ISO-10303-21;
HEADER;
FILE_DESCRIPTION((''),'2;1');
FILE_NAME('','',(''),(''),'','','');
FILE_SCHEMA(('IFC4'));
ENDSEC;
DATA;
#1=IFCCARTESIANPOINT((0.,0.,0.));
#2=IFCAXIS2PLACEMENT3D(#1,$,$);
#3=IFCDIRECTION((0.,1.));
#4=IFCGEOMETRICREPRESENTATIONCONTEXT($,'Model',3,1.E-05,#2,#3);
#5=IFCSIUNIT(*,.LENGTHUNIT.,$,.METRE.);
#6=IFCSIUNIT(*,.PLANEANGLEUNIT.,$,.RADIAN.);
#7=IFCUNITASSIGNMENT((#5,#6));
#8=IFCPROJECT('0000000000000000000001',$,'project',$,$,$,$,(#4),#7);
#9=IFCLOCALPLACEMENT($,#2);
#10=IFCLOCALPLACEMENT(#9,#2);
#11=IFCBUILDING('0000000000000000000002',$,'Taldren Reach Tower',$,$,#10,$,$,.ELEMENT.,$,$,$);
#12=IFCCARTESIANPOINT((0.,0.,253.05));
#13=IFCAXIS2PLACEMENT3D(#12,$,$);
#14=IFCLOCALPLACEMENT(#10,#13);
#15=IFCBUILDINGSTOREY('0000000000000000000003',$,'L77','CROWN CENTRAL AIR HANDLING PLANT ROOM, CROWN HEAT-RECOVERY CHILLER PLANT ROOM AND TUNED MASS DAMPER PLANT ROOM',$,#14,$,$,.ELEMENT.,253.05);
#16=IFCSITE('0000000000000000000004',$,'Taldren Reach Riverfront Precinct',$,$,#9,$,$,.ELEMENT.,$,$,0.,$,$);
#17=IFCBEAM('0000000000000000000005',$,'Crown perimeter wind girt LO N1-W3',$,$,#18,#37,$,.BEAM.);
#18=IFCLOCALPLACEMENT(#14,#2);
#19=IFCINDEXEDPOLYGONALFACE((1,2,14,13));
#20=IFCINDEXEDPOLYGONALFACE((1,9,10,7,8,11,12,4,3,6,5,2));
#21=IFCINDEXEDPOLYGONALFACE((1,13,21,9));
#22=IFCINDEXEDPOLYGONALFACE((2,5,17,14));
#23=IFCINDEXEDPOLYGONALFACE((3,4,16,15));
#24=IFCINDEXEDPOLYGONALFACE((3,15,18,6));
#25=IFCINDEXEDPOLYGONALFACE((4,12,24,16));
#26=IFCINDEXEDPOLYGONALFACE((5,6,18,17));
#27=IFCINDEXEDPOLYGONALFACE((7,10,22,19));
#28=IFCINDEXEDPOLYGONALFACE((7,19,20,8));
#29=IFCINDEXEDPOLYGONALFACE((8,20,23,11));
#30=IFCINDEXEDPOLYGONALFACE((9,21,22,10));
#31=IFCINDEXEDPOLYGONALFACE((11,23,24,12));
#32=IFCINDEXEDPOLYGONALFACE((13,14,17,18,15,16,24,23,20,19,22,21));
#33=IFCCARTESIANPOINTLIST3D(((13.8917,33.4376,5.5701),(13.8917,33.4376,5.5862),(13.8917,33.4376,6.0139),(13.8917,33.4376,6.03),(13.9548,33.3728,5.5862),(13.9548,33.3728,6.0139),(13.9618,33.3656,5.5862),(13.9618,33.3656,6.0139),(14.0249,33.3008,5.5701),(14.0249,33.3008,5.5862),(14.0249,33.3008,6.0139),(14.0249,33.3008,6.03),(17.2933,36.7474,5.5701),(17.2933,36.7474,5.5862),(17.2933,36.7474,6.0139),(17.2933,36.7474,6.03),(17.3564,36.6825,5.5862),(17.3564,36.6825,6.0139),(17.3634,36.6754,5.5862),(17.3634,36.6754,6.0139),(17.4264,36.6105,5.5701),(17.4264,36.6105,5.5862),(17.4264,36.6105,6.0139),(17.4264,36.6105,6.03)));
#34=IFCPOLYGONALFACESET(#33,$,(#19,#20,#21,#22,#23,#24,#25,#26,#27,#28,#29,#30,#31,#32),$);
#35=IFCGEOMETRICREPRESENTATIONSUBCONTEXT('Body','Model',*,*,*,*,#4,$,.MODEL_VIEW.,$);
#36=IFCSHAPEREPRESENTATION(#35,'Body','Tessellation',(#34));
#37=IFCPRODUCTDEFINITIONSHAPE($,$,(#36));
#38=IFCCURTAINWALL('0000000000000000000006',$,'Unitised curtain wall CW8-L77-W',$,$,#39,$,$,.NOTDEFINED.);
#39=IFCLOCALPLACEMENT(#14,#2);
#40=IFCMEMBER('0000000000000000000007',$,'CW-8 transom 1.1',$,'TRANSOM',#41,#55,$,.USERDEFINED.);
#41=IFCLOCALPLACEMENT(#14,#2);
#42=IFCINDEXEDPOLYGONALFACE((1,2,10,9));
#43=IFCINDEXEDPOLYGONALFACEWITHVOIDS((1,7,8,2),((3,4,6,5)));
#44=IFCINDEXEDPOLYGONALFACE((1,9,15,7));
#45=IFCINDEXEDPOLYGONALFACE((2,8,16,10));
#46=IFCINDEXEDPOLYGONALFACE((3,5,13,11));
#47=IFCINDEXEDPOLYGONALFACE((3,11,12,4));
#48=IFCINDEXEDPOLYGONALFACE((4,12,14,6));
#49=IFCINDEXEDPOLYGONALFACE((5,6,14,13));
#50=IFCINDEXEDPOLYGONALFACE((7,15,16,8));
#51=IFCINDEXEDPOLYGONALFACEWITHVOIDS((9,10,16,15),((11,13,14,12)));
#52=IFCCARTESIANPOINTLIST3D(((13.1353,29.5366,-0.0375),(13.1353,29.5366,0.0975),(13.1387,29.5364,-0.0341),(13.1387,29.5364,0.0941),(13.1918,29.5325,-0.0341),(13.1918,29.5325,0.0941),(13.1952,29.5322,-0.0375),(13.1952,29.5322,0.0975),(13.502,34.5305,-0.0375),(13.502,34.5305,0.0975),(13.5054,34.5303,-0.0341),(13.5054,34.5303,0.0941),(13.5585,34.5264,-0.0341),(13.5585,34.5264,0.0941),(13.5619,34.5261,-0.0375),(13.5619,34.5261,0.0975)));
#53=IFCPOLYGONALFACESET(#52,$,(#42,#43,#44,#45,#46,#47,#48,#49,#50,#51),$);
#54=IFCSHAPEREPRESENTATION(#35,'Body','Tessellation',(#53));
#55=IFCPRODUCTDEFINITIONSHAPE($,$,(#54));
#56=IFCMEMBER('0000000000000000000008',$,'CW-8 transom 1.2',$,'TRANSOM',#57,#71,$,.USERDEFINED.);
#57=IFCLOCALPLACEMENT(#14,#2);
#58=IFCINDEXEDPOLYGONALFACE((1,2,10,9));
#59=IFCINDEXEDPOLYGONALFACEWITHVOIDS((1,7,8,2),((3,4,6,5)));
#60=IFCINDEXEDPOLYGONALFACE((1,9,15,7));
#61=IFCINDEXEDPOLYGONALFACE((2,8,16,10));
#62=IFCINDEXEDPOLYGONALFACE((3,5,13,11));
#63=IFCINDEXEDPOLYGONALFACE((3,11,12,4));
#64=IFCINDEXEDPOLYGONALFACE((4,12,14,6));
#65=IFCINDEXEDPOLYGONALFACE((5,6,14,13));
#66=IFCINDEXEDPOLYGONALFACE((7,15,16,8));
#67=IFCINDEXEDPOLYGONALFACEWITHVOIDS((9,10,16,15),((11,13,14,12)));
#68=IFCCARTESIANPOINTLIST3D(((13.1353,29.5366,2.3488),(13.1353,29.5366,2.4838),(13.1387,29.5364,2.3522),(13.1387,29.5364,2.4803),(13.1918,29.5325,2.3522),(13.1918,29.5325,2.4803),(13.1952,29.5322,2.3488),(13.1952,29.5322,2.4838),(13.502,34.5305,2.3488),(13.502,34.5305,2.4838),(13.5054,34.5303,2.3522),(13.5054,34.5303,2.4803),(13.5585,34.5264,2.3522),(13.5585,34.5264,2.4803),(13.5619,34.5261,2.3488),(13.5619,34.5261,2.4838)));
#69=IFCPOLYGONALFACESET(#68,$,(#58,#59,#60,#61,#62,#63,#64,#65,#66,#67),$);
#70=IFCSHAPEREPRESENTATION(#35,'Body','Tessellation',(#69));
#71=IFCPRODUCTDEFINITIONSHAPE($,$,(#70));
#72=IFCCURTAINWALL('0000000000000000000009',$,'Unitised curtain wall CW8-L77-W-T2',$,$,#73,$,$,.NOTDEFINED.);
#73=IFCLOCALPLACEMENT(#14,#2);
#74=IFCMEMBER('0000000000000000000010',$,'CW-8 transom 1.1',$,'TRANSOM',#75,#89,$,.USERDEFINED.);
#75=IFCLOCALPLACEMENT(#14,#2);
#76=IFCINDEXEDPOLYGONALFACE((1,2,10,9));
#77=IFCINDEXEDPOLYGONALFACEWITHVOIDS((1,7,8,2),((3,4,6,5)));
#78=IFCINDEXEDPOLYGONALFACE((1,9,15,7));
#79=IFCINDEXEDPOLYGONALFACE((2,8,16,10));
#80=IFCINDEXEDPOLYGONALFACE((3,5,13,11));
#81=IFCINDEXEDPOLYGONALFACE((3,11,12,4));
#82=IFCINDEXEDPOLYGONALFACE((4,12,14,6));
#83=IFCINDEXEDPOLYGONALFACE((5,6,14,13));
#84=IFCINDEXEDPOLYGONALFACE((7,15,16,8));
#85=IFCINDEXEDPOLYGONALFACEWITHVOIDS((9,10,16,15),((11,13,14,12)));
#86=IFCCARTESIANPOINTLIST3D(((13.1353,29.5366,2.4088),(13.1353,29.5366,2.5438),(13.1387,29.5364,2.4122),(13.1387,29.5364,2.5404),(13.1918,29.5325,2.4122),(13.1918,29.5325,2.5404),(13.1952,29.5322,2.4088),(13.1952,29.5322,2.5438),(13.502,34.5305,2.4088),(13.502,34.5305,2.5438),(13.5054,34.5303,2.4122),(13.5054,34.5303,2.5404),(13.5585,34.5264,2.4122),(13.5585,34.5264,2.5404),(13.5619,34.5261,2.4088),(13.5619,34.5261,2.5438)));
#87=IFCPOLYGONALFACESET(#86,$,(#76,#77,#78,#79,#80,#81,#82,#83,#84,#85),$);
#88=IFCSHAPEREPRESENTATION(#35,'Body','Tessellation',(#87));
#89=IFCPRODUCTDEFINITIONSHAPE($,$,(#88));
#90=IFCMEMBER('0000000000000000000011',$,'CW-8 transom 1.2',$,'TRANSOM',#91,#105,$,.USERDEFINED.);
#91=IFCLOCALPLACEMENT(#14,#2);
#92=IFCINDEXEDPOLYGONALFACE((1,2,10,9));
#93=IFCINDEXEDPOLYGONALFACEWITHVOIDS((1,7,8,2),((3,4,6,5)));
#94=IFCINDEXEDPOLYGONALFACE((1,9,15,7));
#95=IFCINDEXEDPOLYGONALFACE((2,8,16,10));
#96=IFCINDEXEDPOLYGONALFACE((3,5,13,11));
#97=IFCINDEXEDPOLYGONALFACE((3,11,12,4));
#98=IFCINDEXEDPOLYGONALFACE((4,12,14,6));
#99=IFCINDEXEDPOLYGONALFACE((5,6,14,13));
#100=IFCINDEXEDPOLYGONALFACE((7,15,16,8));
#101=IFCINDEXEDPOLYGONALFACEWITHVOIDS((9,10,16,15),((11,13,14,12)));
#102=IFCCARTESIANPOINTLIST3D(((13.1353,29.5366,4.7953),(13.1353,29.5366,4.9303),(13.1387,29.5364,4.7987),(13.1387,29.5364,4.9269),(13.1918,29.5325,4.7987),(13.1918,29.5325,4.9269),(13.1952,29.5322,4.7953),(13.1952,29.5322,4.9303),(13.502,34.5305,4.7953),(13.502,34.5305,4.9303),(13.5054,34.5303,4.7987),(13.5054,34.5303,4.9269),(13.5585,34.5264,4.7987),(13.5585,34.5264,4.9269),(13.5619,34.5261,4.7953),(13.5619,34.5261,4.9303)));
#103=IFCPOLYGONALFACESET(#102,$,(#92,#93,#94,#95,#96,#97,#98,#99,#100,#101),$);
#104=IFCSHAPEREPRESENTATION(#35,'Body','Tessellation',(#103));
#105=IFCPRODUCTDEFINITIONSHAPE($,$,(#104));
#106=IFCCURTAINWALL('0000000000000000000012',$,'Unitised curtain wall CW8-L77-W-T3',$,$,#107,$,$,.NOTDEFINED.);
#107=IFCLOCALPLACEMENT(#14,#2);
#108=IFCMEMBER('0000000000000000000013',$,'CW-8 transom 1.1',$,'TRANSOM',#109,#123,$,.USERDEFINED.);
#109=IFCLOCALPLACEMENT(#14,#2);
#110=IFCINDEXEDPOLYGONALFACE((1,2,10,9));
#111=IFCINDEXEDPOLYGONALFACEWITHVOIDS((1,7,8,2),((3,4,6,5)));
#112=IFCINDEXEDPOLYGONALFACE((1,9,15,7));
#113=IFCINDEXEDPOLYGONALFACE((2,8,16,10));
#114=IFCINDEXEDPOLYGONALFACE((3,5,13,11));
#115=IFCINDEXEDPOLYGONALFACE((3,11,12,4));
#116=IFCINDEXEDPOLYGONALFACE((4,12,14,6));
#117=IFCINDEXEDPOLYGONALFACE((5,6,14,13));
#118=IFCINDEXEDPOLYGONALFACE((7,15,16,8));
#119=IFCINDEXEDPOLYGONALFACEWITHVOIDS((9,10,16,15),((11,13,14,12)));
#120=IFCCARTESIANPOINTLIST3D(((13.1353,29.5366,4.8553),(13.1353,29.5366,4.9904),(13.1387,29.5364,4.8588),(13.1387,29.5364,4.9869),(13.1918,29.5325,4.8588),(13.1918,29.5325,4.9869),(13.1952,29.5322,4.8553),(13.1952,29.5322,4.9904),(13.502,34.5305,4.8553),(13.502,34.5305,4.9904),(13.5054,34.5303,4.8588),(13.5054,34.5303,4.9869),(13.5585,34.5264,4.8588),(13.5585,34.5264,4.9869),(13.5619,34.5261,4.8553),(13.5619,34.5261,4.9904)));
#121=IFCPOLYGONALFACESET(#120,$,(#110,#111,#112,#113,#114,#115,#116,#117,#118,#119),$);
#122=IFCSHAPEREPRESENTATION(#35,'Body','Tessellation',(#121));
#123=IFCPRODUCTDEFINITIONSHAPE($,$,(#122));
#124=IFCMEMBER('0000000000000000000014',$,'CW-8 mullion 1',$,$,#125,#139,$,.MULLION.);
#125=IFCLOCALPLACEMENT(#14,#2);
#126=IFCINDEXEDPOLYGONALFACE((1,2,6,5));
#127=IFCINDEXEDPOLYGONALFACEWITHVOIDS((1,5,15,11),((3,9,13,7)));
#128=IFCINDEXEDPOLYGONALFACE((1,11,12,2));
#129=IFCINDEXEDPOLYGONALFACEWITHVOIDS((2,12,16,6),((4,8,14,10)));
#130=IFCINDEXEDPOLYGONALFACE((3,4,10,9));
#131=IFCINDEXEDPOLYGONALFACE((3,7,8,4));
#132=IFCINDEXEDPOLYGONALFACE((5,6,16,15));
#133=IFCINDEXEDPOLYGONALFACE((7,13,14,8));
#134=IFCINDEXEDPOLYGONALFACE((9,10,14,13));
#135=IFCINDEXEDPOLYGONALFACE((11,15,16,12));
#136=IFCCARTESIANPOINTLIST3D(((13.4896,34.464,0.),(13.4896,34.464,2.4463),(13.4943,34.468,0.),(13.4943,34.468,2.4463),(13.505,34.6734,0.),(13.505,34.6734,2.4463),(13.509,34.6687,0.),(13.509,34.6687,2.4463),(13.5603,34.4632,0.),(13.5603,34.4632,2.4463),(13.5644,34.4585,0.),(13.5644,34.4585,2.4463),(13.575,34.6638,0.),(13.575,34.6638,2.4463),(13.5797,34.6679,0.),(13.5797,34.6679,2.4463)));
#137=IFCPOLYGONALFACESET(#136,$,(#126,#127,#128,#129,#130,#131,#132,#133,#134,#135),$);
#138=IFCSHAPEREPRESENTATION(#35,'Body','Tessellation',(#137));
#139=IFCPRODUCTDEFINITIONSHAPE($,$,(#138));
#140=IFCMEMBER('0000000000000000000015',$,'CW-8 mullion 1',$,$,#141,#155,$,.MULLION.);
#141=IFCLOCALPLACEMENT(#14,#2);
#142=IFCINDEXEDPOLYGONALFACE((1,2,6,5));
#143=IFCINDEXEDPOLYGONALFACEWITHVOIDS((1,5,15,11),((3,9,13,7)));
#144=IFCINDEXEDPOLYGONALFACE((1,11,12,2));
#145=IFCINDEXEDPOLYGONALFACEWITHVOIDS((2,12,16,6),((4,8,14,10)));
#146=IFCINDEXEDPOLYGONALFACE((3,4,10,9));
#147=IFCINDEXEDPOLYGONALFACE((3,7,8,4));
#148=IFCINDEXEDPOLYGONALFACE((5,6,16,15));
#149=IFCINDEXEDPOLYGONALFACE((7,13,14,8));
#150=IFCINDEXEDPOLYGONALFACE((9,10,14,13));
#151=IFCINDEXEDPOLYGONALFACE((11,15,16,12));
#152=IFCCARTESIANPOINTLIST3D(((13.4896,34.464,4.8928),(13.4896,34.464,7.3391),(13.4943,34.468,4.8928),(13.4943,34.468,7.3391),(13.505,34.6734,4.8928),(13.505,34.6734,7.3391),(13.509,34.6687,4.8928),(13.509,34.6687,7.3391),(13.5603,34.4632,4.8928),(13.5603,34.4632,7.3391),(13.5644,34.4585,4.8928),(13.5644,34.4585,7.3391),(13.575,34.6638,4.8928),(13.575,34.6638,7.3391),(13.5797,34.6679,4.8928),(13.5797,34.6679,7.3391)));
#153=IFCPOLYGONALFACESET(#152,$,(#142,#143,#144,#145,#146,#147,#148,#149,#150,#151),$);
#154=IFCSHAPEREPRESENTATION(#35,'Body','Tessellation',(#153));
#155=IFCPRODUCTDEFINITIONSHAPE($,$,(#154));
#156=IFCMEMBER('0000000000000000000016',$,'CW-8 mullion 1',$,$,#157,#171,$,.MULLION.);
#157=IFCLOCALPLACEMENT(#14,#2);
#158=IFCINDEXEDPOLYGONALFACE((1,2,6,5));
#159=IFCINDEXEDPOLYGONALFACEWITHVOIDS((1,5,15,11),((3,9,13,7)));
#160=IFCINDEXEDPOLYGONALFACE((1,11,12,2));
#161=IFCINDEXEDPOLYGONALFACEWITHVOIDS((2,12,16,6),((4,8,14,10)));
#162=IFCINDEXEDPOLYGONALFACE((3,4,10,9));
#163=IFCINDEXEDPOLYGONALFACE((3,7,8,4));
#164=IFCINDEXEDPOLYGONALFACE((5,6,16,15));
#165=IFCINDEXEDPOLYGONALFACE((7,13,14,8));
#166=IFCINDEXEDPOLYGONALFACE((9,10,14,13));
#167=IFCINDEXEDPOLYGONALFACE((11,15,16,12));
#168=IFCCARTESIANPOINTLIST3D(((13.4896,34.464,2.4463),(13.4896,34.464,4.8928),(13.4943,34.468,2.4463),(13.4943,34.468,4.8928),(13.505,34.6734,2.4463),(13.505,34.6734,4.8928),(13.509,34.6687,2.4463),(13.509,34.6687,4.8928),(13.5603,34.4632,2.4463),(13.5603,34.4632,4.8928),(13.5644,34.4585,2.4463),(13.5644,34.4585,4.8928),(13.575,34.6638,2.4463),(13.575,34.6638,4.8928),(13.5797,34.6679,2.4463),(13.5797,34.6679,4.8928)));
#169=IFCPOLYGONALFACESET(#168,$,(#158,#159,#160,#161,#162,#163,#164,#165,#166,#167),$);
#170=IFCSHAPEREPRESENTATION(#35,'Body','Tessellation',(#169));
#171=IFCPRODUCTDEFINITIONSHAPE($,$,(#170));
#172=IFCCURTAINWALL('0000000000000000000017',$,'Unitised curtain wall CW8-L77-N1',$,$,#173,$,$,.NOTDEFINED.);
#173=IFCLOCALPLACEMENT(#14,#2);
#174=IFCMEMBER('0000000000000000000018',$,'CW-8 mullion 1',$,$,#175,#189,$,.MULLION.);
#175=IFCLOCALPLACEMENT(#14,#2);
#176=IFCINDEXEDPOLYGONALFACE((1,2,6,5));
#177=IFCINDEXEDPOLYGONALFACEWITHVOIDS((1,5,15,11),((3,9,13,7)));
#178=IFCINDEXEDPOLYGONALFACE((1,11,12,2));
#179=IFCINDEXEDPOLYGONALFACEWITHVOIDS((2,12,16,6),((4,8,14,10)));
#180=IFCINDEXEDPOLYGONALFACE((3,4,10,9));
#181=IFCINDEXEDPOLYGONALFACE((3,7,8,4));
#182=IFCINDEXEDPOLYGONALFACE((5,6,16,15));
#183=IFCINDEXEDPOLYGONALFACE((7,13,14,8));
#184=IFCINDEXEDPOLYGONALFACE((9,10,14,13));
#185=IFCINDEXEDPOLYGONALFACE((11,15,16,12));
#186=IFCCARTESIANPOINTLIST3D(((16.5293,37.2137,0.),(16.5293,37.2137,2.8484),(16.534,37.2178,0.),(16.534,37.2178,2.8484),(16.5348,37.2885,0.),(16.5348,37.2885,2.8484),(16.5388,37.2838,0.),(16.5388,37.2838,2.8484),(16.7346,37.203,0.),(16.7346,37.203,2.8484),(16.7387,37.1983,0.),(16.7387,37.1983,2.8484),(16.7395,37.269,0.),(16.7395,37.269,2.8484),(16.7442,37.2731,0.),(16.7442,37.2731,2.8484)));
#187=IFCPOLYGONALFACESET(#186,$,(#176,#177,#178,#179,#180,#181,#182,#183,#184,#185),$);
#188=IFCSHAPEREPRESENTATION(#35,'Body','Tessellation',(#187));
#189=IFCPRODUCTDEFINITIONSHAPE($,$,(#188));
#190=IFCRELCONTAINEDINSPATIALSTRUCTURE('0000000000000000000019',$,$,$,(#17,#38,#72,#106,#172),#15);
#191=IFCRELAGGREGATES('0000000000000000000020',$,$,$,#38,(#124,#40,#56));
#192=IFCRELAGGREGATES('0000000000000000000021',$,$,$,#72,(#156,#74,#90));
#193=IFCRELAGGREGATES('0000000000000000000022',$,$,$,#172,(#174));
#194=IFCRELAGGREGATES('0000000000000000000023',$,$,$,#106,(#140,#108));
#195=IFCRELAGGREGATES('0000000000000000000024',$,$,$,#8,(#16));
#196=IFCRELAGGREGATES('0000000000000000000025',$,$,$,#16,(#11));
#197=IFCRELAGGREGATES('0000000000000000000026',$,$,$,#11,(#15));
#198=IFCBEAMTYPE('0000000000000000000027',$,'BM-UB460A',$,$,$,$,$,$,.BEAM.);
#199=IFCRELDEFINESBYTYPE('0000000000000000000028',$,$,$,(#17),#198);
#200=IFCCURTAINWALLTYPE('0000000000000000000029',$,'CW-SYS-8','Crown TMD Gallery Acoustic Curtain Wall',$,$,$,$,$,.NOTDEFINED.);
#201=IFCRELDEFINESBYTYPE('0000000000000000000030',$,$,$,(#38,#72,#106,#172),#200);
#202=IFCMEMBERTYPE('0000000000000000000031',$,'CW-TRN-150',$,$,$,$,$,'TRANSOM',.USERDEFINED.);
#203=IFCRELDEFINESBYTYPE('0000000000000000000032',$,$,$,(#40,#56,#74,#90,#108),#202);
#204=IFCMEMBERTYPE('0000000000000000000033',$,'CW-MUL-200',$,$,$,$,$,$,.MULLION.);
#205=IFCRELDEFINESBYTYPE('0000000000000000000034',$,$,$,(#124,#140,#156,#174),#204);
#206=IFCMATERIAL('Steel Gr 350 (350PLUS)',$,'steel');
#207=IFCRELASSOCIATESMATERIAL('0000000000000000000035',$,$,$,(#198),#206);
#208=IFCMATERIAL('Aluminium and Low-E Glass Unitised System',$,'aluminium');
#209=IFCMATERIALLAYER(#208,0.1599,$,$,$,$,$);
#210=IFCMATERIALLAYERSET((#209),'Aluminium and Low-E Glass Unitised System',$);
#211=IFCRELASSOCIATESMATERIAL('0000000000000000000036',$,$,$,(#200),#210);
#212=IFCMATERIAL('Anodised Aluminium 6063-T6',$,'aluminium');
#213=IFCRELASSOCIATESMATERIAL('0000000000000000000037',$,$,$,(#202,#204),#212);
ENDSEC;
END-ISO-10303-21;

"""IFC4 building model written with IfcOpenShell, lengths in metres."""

from ifc_helpers import new_model, si_unit, direction, frame, origin, origin_2d, place, context, subcontext, project, spatial, hollow_rectangle, i_section, extrude, source, transform, mapped, material, layer, layer_set, material_profile, profile_set, type_object, element, aggregate, save


model = new_model("IFC4")

# Units and contexts
model_context = context("Model", 3, precision=1e-05, world=origin(), true_north=direction((0.0, 1.0)))
body_context = subcontext(model_context, "Body", "Model", "MODEL_VIEW")
ifc_project = project(units=[si_unit("LENGTHUNIT", "METRE"), si_unit("PLANEANGLEUNIT", "RADIAN")], contexts=[model_context])

# Site, building, storey
site_placement = place(None, origin())
site = spatial("IfcSite", under=ifc_project, at=site_placement, Name="Taldren Reach Riverfront Precinct", CompositionType="ELEMENT", RefElevation=0.0)
building_placement = place(site_placement, origin())
building = spatial("IfcBuilding", under=site, at=building_placement, Name="Taldren Reach Tower", CompositionType="ELEMENT")
storey_placement = place(building_placement, frame((0.0, 0.0, 253.05)))
storey = spatial("IfcBuildingStorey", under=building, at=storey_placement, Name="L77", Description="CROWN CENTRAL AIR HANDLING PLANT ROOM, CROWN HEAT-RECOVERY CHILLER PLANT ROOM AND TUNED MASS DAMPER PLANT ROOM", CompositionType="ELEMENT", Elevation=253.05)

# Shared definitions
ifc_material_1 = material(Name="Steel Gr 350 (350PLUS)", Category="steel")

# Beam
ifc_material_profile_1 = material_profile(ifc_material_1, i_section(OverallWidth=0.1909, OverallDepth=0.46, WebThickness=0.01, FlangeThickness=0.0161, at=origin_2d()), Name="460UB82.1")
ifc_profile_set_1 = profile_set([ifc_material_profile_1], Name="Steel Gr 350 (350PLUS)")
beam_type_1 = type_object("IfcBeamType", Name="BM-UB460A", PredefinedType="BEAM", material=ifc_profile_set_1)
shared_shape_1 = source(origin(), body_context, "Body", "SweptSolid", [
    extrude(i_section(OverallWidth=0.1909, OverallDepth=0.46, WebThickness=0.01, FlangeThickness=0.0161, at=origin_2d()), origin(), (0.0, 0.0, 1.0), 4.7461),
])
beam_1_placement = place(storey_placement, frame((17.3599, 36.679, 5.8), z_axis=(-0.716711, -0.69737, 0.0), x_axis=(0.69737, -0.716711, 0.0)))
element("IfcBeam", 1, at=beam_1_placement, inside=storey, type_object=beam_type_1, Name="Crown perimeter wind girt LO N1-W3", PredefinedType="BEAM", context=body_context, shape_type="MappedRepresentation", body=[
    mapped(shared_shape_1, transform((0.0, 0.0, 0.0), scale=1.0)),
])

# Curtain walls, members
ifc_material_2 = material(Name="Aluminium and Low-E Glass Unitised System", Category="aluminium")
ifc_layer_1 = layer(ifc_material_2, 0.1599)
ifc_layer_set_1 = layer_set([ifc_layer_1], Name="Aluminium and Low-E Glass Unitised System")
curtain_wall_type = type_object("IfcCurtainWallType", Name="CW-SYS-8", Description="Crown TMD Gallery Acoustic Curtain Wall", PredefinedType="NOTDEFINED", material=ifc_layer_set_1)
curtain_wall_1_placement = place(storey_placement, origin())
curtain_wall_1 = element("IfcCurtainWall", 2, at=curtain_wall_1_placement, inside=storey, type_object=curtain_wall_type, Name="Unitised curtain wall CW8-L77-W", PredefinedType="NOTDEFINED")
ifc_material_3 = material(Name="Anodised Aluminium 6063-T6", Category="aluminium")
ifc_material_profile_2 = material_profile(ifc_material_3, hollow_rectangle(XDim=0.0601, YDim=0.135, WallThickness=0.0034, at=origin_2d()), Name="ALU-135x60x3.5RHS")
ifc_profile_set_2 = profile_set([ifc_material_profile_2], Name="Anodised Aluminium 6063-T6")
member_type_1 = type_object("IfcMemberType", Name="CW-TRN-150", ElementType="TRANSOM", PredefinedType="USERDEFINED", material=ifc_profile_set_2)
shared_shape_2 = source(origin(), body_context, "Body", "SweptSolid", [
    extrude(hollow_rectangle(XDim=0.0601, YDim=0.135, WallThickness=0.0034, at=origin_2d()), origin(), (0.0, 0.0, 1.0), 5.0073),
])
member_1_placement = place(storey_placement, frame((13.532, 34.5283, 0.03), z_axis=(-0.073232, -0.997315, 0.0), x_axis=(0.997315, -0.073232, 0.0)))
member_1 = element("IfcMember", 3, at=member_1_placement, type_object=member_type_1, Name="CW-8 transom 1.1", ObjectType="TRANSOM", PredefinedType="USERDEFINED", context=body_context, shape_type="MappedRepresentation", body=[
    mapped(shared_shape_2, transform((0.0, 0.0, 0.0), scale=1.0)),
])
member_2_placement = place(storey_placement, frame((13.532, 34.5283, 2.4163), z_axis=(-0.073232, -0.997315, 0.0), x_axis=(0.997315, -0.073232, 0.0)))
member_2 = element("IfcMember", 4, at=member_2_placement, type_object=member_type_1, Name="CW-8 transom 1.2", ObjectType="TRANSOM", PredefinedType="USERDEFINED", context=body_context, shape_type="MappedRepresentation", body=[
    mapped(shared_shape_2, transform((0.0, 0.0, 0.0), scale=1.0)),
])
curtain_wall_2_placement = place(storey_placement, origin())
curtain_wall_2 = element("IfcCurtainWall", 5, at=curtain_wall_2_placement, inside=storey, type_object=curtain_wall_type, Name="Unitised curtain wall CW8-L77-W-T2", PredefinedType="NOTDEFINED")
member_3_placement = place(storey_placement, frame((13.532, 34.5283, 2.4763), z_axis=(-0.073232, -0.997315, 0.0), x_axis=(0.997315, -0.073232, 0.0)))
member_3 = element("IfcMember", 6, at=member_3_placement, type_object=member_type_1, Name="CW-8 transom 1.1", ObjectType="TRANSOM", PredefinedType="USERDEFINED", context=body_context, shape_type="MappedRepresentation", body=[
    mapped(shared_shape_2, transform((0.0, 0.0, 0.0), scale=1.0)),
])
member_4_placement = place(storey_placement, frame((13.532, 34.5283, 4.8628), z_axis=(-0.073232, -0.997315, 0.0), x_axis=(0.997315, -0.073232, 0.0)))
member_4 = element("IfcMember", 7, at=member_4_placement, type_object=member_type_1, Name="CW-8 transom 1.2", ObjectType="TRANSOM", PredefinedType="USERDEFINED", context=body_context, shape_type="MappedRepresentation", body=[
    mapped(shared_shape_2, transform((0.0, 0.0, 0.0), scale=1.0)),
])

# Curtain wall, member
curtain_wall_3_placement = place(storey_placement, origin())
curtain_wall_3 = element("IfcCurtainWall", 8, at=curtain_wall_3_placement, inside=storey, type_object=curtain_wall_type, Name="Unitised curtain wall CW8-L77-W-T3", PredefinedType="NOTDEFINED")
member_5_placement = place(storey_placement, frame((13.532, 34.5283, 4.9229), z_axis=(-0.073232, -0.997315, 0.0), x_axis=(0.997315, -0.073232, 0.0)))
member_5 = element("IfcMember", 9, at=member_5_placement, type_object=member_type_1, Name="CW-8 transom 1.1", ObjectType="TRANSOM", PredefinedType="USERDEFINED", context=body_context, shape_type="MappedRepresentation", body=[
    mapped(shared_shape_2, transform((0.0, 0.0, 0.0), scale=1.0)),
])

# Members
ifc_material_profile_3 = material_profile(ifc_material_3, hollow_rectangle(XDim=0.075, YDim=0.21, WallThickness=0.0044, at=origin_2d()), Name="ALU-210x75x4.5RHS")
ifc_profile_set_3 = profile_set([ifc_material_profile_3], Name="Anodised Aluminium 6063-T6")
member_type_2 = type_object("IfcMemberType", Name="CW-MUL-200", PredefinedType="MULLION", material=ifc_profile_set_3)
shared_shape_3 = source(origin(), body_context, "Body", "SweptSolid", [
    extrude(hollow_rectangle(XDim=0.075, YDim=0.21, WallThickness=0.0044, at=origin_2d()), origin(), (0.0, 0.0, 1.0), 2.4463),
])
member_6_placement = place(storey_placement, frame((13.5347, 34.5659, 0.0), z_axis=(0.0, 0.0, 1.0), x_axis=(0.997314, -0.073238, 0.0)))
member_6 = element("IfcMember", 10, at=member_6_placement, type_object=member_type_2, Name="CW-8 mullion 1", PredefinedType="MULLION", context=body_context, shape_type="MappedRepresentation", body=[
    mapped(shared_shape_3, transform((0.0, 0.0, 0.0), scale=1.0)),
])
aggregate(curtain_wall_1, [member_6, member_1, member_2])
member_7_placement = place(storey_placement, frame((13.5347, 34.5659, 4.8928), z_axis=(0.0, 0.0, 1.0), x_axis=(0.997314, -0.073238, 0.0)))
member_7 = element("IfcMember", 11, at=member_7_placement, type_object=member_type_2, Name="CW-8 mullion 1", PredefinedType="MULLION", context=body_context, shape_type="MappedRepresentation", body=[
    mapped(shared_shape_3, transform((0.0, 0.0, 0.0), scale=1.0)),
])
shared_shape_4 = source(origin(), body_context, "Body", "SweptSolid", [
    extrude(hollow_rectangle(XDim=0.075, YDim=0.21, WallThickness=0.0044, at=origin_2d()), origin(), (0.0, 0.0, 1.0), 2.4465),
])
member_8_placement = place(storey_placement, frame((13.5347, 34.5659, 2.4463), z_axis=(0.0, 0.0, 1.0), x_axis=(0.997314, -0.073238, 0.0)))
member_8 = element("IfcMember", 12, at=member_8_placement, type_object=member_type_2, Name="CW-8 mullion 1", PredefinedType="MULLION", context=body_context, shape_type="MappedRepresentation", body=[
    mapped(shared_shape_4, transform((0.0, 0.0, 0.0), scale=1.0)),
])
aggregate(curtain_wall_2, [member_8, member_3, member_4])

# Curtain wall, member
curtain_wall_4_placement = place(storey_placement, origin())
curtain_wall_4 = element("IfcCurtainWall", 13, at=curtain_wall_4_placement, inside=storey, type_object=curtain_wall_type, Name="Unitised curtain wall CW8-L77-N1", PredefinedType="NOTDEFINED")
shared_shape_5 = source(origin(), body_context, "Body", "SweptSolid", [
    extrude(hollow_rectangle(XDim=0.075, YDim=0.21, WallThickness=0.0044, at=origin_2d()), origin(), (0.0, 0.0, 1.0), 2.8484),
])
member_9_placement = place(storey_placement, frame((16.6367, 37.2434, 0.0), z_axis=(0.0, 0.0, 1.0), x_axis=(0.073239, 0.997314, 0.0)))
member_9 = element("IfcMember", 14, at=member_9_placement, type_object=member_type_2, Name="CW-8 mullion 1", PredefinedType="MULLION", context=body_context, shape_type="MappedRepresentation", body=[
    mapped(shared_shape_5, transform((0.0, 0.0, 0.0), scale=1.0)),
])

aggregate(curtain_wall_4, [member_9])

aggregate(curtain_wall_3, [member_7, member_5])

save(model, "model.ifc")
